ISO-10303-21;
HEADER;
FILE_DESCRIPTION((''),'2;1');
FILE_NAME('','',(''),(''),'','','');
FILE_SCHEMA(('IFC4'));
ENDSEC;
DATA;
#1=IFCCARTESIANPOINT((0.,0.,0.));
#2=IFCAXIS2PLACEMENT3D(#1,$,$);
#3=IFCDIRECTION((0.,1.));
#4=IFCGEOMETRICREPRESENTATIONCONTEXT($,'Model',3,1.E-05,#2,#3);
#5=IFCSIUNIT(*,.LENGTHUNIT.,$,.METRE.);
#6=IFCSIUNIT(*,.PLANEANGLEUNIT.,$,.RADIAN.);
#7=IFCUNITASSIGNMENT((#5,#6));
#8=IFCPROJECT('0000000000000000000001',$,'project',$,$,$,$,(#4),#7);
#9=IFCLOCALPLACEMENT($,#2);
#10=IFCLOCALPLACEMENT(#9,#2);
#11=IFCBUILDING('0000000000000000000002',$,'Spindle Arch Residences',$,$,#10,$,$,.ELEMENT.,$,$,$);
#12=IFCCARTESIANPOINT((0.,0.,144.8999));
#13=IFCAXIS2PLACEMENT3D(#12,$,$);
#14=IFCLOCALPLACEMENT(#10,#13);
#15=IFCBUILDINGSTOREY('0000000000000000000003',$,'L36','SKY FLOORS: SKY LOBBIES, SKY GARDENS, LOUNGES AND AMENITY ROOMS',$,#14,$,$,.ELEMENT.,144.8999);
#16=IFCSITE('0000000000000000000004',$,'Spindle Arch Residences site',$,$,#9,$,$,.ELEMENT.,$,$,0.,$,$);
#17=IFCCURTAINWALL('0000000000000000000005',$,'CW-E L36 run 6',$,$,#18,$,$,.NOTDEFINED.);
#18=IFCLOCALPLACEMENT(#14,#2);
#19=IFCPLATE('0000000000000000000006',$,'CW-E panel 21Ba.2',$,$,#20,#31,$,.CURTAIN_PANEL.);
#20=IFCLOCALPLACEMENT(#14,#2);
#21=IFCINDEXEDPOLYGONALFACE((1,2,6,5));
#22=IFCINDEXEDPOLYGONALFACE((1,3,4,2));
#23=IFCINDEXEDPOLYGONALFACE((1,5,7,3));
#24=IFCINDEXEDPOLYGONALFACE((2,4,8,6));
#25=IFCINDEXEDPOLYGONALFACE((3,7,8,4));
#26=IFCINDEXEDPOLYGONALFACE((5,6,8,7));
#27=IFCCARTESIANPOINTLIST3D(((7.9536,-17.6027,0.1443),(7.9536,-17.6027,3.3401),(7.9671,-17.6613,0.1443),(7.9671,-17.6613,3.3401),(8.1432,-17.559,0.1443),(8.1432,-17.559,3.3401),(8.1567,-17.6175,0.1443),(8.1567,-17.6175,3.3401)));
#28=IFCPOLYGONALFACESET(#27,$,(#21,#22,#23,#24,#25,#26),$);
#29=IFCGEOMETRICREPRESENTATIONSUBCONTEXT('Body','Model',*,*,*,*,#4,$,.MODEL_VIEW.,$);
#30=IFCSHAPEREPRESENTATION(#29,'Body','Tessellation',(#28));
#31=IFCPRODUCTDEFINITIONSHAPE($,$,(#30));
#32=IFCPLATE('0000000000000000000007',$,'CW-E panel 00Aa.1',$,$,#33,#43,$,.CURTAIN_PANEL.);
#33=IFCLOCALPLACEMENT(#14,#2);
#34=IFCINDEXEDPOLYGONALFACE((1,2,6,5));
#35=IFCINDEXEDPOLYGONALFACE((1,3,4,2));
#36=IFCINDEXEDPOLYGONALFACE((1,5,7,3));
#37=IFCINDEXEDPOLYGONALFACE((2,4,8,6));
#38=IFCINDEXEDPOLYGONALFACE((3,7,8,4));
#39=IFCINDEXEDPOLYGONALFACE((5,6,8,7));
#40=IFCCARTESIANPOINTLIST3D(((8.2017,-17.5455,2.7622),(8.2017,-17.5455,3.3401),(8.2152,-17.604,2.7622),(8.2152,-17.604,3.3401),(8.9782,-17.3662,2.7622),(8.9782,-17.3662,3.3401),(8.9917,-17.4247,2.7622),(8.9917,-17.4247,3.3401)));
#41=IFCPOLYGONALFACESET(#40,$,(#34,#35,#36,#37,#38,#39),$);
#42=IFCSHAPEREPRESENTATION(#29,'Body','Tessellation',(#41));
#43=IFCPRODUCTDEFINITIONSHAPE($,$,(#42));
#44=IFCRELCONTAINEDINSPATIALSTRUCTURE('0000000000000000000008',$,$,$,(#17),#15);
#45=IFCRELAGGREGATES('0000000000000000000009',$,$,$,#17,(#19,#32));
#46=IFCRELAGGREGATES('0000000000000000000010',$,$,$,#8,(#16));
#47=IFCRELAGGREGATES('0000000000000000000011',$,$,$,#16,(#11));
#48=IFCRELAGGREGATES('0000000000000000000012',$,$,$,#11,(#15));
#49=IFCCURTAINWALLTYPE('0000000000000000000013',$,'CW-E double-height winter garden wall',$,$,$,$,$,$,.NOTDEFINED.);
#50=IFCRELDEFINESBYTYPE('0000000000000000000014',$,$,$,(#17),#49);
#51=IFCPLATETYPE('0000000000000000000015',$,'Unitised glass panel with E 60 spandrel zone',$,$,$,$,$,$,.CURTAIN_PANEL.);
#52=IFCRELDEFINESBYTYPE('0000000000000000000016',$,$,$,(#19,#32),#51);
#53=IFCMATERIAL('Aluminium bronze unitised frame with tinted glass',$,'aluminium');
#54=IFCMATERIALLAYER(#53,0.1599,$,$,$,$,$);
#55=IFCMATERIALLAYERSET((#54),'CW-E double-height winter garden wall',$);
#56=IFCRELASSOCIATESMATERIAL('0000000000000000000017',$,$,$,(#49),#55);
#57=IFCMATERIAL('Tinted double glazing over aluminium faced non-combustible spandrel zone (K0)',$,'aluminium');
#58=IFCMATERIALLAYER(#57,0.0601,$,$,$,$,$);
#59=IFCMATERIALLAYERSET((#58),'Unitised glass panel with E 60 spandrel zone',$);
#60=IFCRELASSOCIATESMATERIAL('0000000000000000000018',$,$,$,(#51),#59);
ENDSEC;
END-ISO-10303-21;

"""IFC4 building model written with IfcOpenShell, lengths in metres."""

from ifc_helpers import new_model, si_unit, direction, frame, origin, origin_2d, place, context, subcontext, project, spatial, rectangle, extrude, material, layer, layer_set, type_object, element, aggregate, save


model = new_model("IFC4")

# Units and contexts
model_context = context("Model", 3, precision=1e-05, world=origin(), true_north=direction((0.0, 1.0)))
body_context = subcontext(model_context, "Body", "Model", "MODEL_VIEW")
ifc_project = project(units=[si_unit("LENGTHUNIT", "METRE"), si_unit("PLANEANGLEUNIT", "RADIAN")], contexts=[model_context])

# Site, building, storey
site_placement = place(None, origin())
site = spatial("IfcSite", under=ifc_project, at=site_placement, Name="Spindle Arch Residences site", CompositionType="ELEMENT", RefElevation=0.0)
building_placement = place(site_placement, origin())
building = spatial("IfcBuilding", under=site, at=building_placement, Name="Spindle Arch Residences", CompositionType="ELEMENT")
storey_placement = place(building_placement, frame((0.0, 0.0, 144.8999)))
storey = spatial("IfcBuildingStorey", under=building, at=storey_placement, Name="L36", Description="SKY FLOORS: SKY LOBBIES, SKY GARDENS, LOUNGES AND AMENITY ROOMS", CompositionType="ELEMENT", Elevation=144.8999)

# Curtain wall, plates
ifc_material_1 = material(Name="Aluminium bronze unitised frame with tinted glass", Category="aluminium")
ifc_layer_1 = layer(ifc_material_1, 0.1599)
ifc_layer_set_1 = layer_set([ifc_layer_1], Name="CW-E double-height winter garden wall")
curtain_wall_type = type_object("IfcCurtainWallType", Name="CW-E double-height winter garden wall", PredefinedType="NOTDEFINED", material=ifc_layer_set_1)
curtain_wall_placement = place(storey_placement, origin())
curtain_wall = element("IfcCurtainWall", 1, at=curtain_wall_placement, inside=storey, type_object=curtain_wall_type, Name="CW-E L36 run 6", PredefinedType="NOTDEFINED")
ifc_material_2 = material(Name="Tinted double glazing over aluminium faced non-combustible spandrel zone (K0)", Category="aluminium")
ifc_layer_2 = layer(ifc_material_2, 0.0601)
ifc_layer_set_2 = layer_set([ifc_layer_2], Name="Unitised glass panel with E 60 spandrel zone")
plate_type_1 = type_object("IfcPlateType", Name="Unitised glass panel with E 60 spandrel zone", PredefinedType="CURTAIN_PANEL", material=ifc_layer_set_2)
plate_1_placement = place(storey_placement, frame((8.0552, -17.6101, 0.1443), z_axis=(0.0, 0.0, 1.0), x_axis=(0.97437, 0.224951, 0.0)))
plate_1 = element("IfcPlate", 2, at=plate_1_placement, type_object=plate_type_1, Name="CW-E panel 21Ba.2", PredefinedType="CURTAIN_PANEL", context=body_context, shape_type="SweptSolid", body=[
    extrude(rectangle(XDim=0.1946, YDim=0.0601, at=origin_2d()), origin(), (0.0, 0.0, 1.0), 3.1958),
])
plate_2_placement = place(storey_placement, frame((8.5967, -17.4851, 2.7622), z_axis=(0.0, 0.0, 1.0), x_axis=(0.97437, 0.224951, 0.0)))
plate_2 = element("IfcPlate", 3, at=plate_2_placement, type_object=plate_type_1, Name="CW-E panel 00Aa.1", PredefinedType="CURTAIN_PANEL", context=body_context, shape_type="SweptSolid", body=[
    extrude(rectangle(XDim=0.7969, YDim=0.0601, at=origin_2d()), origin(), (0.0, 0.0, 1.0), 0.5779),
])
aggregate(curtain_wall, [plate_1, plate_2])

save(model, "model.ifc")
